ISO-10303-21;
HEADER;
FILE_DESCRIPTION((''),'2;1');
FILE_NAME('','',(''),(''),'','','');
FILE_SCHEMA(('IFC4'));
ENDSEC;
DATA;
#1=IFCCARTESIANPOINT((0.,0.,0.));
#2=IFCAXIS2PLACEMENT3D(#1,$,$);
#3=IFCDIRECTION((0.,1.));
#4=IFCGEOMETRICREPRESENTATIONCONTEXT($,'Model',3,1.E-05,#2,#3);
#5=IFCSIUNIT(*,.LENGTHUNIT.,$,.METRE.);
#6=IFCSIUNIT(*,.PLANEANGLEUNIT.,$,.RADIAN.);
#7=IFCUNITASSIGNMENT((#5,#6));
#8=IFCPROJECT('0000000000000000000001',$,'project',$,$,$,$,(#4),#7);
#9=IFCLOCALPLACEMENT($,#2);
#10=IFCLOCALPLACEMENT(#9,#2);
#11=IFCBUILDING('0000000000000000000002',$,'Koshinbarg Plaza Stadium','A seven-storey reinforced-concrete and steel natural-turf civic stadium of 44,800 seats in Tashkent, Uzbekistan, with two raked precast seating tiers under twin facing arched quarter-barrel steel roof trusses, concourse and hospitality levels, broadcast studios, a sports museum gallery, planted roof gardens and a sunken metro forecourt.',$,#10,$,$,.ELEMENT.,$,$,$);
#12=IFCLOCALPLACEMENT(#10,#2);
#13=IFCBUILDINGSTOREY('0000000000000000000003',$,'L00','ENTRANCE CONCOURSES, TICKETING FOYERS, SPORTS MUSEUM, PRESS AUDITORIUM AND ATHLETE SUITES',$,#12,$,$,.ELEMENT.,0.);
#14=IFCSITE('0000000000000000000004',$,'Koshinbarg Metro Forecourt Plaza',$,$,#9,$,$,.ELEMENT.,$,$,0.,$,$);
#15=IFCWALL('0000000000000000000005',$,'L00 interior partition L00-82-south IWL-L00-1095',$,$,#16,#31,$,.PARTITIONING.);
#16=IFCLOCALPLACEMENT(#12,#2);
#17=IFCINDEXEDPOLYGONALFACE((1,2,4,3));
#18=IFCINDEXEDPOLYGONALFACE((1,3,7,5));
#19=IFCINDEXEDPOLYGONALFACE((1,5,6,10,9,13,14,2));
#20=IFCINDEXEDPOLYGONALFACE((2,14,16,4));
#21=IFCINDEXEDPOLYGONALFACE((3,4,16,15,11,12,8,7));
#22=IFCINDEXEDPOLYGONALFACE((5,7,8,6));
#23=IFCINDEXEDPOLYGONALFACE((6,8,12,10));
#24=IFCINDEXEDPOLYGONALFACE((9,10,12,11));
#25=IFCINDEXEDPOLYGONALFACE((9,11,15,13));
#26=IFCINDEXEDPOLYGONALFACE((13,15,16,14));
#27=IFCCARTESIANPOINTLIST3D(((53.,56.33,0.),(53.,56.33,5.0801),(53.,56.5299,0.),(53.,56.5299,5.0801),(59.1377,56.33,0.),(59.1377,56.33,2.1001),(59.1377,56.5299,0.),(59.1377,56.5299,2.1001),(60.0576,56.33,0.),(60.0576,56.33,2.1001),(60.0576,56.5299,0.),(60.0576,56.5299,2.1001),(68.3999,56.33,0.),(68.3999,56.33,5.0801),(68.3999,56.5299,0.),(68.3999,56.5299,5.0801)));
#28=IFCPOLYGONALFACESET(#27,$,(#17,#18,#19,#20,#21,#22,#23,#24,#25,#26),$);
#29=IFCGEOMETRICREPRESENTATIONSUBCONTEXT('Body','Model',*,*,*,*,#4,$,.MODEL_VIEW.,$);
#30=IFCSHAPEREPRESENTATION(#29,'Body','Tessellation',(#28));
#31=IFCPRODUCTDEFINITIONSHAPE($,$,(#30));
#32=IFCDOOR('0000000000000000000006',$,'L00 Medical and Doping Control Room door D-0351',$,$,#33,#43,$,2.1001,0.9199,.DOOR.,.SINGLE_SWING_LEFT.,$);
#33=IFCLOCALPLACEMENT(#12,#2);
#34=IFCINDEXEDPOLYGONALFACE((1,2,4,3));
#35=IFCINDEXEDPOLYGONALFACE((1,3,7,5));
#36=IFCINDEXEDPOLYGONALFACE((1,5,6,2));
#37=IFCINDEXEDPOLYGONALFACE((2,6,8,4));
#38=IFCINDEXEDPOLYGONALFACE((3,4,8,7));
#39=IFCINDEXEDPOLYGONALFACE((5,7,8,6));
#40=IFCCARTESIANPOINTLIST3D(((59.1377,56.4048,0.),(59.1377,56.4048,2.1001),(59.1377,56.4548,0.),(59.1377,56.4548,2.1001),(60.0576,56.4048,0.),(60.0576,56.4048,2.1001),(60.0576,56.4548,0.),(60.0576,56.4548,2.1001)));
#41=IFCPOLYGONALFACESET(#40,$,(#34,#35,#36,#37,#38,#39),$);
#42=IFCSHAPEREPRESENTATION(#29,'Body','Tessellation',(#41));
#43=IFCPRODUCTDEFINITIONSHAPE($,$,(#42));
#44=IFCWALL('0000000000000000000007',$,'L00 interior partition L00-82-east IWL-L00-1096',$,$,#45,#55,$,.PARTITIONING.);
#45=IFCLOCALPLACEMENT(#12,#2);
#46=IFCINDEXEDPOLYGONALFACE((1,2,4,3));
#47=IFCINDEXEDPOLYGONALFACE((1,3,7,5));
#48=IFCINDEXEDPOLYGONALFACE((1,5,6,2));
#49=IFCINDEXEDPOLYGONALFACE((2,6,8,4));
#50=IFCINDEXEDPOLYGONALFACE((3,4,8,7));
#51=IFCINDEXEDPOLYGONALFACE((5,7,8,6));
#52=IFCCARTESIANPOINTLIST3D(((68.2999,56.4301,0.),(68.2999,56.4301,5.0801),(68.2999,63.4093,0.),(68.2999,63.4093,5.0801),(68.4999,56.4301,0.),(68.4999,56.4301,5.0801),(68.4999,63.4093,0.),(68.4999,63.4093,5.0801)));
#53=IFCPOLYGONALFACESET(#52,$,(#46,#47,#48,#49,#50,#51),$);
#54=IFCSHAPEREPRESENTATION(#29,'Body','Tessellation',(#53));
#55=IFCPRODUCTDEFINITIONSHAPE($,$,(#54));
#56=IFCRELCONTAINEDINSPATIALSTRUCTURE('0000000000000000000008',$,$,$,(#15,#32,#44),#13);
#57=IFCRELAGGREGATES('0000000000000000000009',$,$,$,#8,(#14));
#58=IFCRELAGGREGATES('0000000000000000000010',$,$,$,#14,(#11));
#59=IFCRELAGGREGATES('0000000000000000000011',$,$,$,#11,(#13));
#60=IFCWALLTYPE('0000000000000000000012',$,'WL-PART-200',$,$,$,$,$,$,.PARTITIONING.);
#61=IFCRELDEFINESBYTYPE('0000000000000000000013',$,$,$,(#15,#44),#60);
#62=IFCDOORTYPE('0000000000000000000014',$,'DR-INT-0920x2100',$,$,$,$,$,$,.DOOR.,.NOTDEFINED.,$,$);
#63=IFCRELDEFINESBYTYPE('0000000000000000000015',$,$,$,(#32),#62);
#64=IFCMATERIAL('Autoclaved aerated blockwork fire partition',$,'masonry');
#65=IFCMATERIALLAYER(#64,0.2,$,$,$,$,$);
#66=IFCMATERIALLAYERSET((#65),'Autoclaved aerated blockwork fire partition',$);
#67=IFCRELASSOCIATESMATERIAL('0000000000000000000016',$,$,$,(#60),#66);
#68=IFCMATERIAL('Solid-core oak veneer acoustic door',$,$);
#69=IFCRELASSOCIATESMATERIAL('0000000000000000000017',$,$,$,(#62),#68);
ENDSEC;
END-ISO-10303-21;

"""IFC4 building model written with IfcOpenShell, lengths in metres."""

from ifc_helpers import new_model, si_unit, direction, frame, frame_2d, origin, place, context, subcontext, project, spatial, rectangle, extrude, material, layer, layer_set, type_object, element, fill, save


model = new_model("IFC4")

# Units and contexts
model_context = context("Model", 3, precision=1e-05, world=origin(), true_north=direction((0.0, 1.0)))
body_context = subcontext(model_context, "Body", "Model", "MODEL_VIEW")
ifc_project = project(units=[si_unit("LENGTHUNIT", "METRE"), si_unit("PLANEANGLEUNIT", "RADIAN")], contexts=[model_context])

# Site, building, storey
site_placement = place(None, origin())
site = spatial("IfcSite", under=ifc_project, at=site_placement, Name="Koshinbarg Metro Forecourt Plaza", CompositionType="ELEMENT", RefElevation=0.0)
building_placement = place(site_placement, origin())
building = spatial("IfcBuilding", under=site, at=building_placement, Name="Koshinbarg Plaza Stadium", Description="A seven-storey reinforced-concrete and steel natural-turf civic stadium of 44,800 seats in Tashkent, Uzbekistan, with two raked precast seating tiers under twin facing arched quarter-barrel steel roof trusses, concourse and hospitality levels, broadcast studios, a sports museum gallery, planted roof gardens and a sunken metro forecourt.", CompositionType="ELEMENT")
storey_placement = place(building_placement, origin())
storey = spatial("IfcBuildingStorey", under=building, at=storey_placement, Name="L00", Description="ENTRANCE CONCOURSES, TICKETING FOYERS, SPORTS MUSEUM, PRESS AUDITORIUM AND ATHLETE SUITES", CompositionType="ELEMENT", Elevation=0.0)

# Shared definitions
ifc_material_1 = material(Name="Autoclaved aerated blockwork fire partition", Category="masonry")
ifc_layer = layer(ifc_material_1, 0.2)
ifc_layer_set = layer_set([ifc_layer], Name="Autoclaved aerated blockwork fire partition")
wall_type = type_object("IfcWallType", Name="WL-PART-200", PredefinedType="PARTITIONING", material=ifc_layer_set)

# Wall, opening, door
wall_1_placement = place(storey_placement, frame((53.0, 56.4299, 0.0), z_axis=(0.0, 0.0, 1.0), x_axis=(1.0, 0.0, 0.0)))
wall_1 = element("IfcWall", 1, at=wall_1_placement, inside=storey, type_object=wall_type, Name="L00 interior partition L00-82-south IWL-L00-1095", PredefinedType="PARTITIONING", context=body_context, shape_type="SweptSolid", body=[
    extrude(rectangle(XDim=15.3999, YDim=0.2, at=frame_2d((7.7, 0.0))), origin(), (0.0, 0.0, 1.0), 5.0801),
])
opening_1_placement = place(wall_1_placement, frame((6.1377, 0.0, 0.0)))
opening_1 = element("IfcOpeningElement", 2, at=opening_1_placement, cuts=wall_1, PredefinedType="OPENING", context=body_context, shape_type="SweptSolid", body=[
    extrude(rectangle(XDim=0.9199, YDim=2.1001, at=frame_2d((0.46, 1.05))), frame((0.0, 0.1099, 0.0), z_axis=(0.0, -1.0, 0.0), x_axis=(1.0, 0.0, 0.0)), (0.0, 0.0, 1.0), 0.22),
])
ifc_material_2 = material(Name="Solid-core oak veneer acoustic door")
door_type_1 = type_object("IfcDoorType", Name="DR-INT-0920x2100", OperationType="NOTDEFINED", PredefinedType="DOOR", material=ifc_material_2)
door_1_placement = place(opening_1_placement, origin())
door_1 = element("IfcDoor", 3, at=door_1_placement, inside=storey, type_object=door_type_1, Name="L00 Medical and Doping Control Room door D-0351", OperationType="SINGLE_SWING_LEFT", OverallHeight=2.1001, OverallWidth=0.9199, PredefinedType="DOOR", context=body_context, shape_type="SweptSolid", body=[
    extrude(rectangle(XDim=0.9199, YDim=2.1001, at=frame_2d((0.46, 1.05))), frame((0.0, 0.0249, 0.0), z_axis=(0.0, -1.0, 0.0), x_axis=(1.0, 0.0, 0.0)), (0.0, 0.0, 1.0), 0.05),
])
fill(opening_1, door_1)

# Wall
wall_2_placement = place(storey_placement, frame((68.3999, 56.4299, 0.0), z_axis=(0.0, 0.0, 1.0), x_axis=(0.0, 1.0, 0.0)))
element("IfcWall", 4, at=wall_2_placement, inside=storey, type_object=wall_type, Name="L00 interior partition L00-82-east IWL-L00-1096", PredefinedType="PARTITIONING", context=body_context, shape_type="SweptSolid", body=[
    extrude(rectangle(XDim=6.9792, YDim=0.2, at=frame_2d((3.4897, 0.0))), origin(), (0.0, 0.0, 1.0), 5.0801),
])

save(model, "model.ifc")
